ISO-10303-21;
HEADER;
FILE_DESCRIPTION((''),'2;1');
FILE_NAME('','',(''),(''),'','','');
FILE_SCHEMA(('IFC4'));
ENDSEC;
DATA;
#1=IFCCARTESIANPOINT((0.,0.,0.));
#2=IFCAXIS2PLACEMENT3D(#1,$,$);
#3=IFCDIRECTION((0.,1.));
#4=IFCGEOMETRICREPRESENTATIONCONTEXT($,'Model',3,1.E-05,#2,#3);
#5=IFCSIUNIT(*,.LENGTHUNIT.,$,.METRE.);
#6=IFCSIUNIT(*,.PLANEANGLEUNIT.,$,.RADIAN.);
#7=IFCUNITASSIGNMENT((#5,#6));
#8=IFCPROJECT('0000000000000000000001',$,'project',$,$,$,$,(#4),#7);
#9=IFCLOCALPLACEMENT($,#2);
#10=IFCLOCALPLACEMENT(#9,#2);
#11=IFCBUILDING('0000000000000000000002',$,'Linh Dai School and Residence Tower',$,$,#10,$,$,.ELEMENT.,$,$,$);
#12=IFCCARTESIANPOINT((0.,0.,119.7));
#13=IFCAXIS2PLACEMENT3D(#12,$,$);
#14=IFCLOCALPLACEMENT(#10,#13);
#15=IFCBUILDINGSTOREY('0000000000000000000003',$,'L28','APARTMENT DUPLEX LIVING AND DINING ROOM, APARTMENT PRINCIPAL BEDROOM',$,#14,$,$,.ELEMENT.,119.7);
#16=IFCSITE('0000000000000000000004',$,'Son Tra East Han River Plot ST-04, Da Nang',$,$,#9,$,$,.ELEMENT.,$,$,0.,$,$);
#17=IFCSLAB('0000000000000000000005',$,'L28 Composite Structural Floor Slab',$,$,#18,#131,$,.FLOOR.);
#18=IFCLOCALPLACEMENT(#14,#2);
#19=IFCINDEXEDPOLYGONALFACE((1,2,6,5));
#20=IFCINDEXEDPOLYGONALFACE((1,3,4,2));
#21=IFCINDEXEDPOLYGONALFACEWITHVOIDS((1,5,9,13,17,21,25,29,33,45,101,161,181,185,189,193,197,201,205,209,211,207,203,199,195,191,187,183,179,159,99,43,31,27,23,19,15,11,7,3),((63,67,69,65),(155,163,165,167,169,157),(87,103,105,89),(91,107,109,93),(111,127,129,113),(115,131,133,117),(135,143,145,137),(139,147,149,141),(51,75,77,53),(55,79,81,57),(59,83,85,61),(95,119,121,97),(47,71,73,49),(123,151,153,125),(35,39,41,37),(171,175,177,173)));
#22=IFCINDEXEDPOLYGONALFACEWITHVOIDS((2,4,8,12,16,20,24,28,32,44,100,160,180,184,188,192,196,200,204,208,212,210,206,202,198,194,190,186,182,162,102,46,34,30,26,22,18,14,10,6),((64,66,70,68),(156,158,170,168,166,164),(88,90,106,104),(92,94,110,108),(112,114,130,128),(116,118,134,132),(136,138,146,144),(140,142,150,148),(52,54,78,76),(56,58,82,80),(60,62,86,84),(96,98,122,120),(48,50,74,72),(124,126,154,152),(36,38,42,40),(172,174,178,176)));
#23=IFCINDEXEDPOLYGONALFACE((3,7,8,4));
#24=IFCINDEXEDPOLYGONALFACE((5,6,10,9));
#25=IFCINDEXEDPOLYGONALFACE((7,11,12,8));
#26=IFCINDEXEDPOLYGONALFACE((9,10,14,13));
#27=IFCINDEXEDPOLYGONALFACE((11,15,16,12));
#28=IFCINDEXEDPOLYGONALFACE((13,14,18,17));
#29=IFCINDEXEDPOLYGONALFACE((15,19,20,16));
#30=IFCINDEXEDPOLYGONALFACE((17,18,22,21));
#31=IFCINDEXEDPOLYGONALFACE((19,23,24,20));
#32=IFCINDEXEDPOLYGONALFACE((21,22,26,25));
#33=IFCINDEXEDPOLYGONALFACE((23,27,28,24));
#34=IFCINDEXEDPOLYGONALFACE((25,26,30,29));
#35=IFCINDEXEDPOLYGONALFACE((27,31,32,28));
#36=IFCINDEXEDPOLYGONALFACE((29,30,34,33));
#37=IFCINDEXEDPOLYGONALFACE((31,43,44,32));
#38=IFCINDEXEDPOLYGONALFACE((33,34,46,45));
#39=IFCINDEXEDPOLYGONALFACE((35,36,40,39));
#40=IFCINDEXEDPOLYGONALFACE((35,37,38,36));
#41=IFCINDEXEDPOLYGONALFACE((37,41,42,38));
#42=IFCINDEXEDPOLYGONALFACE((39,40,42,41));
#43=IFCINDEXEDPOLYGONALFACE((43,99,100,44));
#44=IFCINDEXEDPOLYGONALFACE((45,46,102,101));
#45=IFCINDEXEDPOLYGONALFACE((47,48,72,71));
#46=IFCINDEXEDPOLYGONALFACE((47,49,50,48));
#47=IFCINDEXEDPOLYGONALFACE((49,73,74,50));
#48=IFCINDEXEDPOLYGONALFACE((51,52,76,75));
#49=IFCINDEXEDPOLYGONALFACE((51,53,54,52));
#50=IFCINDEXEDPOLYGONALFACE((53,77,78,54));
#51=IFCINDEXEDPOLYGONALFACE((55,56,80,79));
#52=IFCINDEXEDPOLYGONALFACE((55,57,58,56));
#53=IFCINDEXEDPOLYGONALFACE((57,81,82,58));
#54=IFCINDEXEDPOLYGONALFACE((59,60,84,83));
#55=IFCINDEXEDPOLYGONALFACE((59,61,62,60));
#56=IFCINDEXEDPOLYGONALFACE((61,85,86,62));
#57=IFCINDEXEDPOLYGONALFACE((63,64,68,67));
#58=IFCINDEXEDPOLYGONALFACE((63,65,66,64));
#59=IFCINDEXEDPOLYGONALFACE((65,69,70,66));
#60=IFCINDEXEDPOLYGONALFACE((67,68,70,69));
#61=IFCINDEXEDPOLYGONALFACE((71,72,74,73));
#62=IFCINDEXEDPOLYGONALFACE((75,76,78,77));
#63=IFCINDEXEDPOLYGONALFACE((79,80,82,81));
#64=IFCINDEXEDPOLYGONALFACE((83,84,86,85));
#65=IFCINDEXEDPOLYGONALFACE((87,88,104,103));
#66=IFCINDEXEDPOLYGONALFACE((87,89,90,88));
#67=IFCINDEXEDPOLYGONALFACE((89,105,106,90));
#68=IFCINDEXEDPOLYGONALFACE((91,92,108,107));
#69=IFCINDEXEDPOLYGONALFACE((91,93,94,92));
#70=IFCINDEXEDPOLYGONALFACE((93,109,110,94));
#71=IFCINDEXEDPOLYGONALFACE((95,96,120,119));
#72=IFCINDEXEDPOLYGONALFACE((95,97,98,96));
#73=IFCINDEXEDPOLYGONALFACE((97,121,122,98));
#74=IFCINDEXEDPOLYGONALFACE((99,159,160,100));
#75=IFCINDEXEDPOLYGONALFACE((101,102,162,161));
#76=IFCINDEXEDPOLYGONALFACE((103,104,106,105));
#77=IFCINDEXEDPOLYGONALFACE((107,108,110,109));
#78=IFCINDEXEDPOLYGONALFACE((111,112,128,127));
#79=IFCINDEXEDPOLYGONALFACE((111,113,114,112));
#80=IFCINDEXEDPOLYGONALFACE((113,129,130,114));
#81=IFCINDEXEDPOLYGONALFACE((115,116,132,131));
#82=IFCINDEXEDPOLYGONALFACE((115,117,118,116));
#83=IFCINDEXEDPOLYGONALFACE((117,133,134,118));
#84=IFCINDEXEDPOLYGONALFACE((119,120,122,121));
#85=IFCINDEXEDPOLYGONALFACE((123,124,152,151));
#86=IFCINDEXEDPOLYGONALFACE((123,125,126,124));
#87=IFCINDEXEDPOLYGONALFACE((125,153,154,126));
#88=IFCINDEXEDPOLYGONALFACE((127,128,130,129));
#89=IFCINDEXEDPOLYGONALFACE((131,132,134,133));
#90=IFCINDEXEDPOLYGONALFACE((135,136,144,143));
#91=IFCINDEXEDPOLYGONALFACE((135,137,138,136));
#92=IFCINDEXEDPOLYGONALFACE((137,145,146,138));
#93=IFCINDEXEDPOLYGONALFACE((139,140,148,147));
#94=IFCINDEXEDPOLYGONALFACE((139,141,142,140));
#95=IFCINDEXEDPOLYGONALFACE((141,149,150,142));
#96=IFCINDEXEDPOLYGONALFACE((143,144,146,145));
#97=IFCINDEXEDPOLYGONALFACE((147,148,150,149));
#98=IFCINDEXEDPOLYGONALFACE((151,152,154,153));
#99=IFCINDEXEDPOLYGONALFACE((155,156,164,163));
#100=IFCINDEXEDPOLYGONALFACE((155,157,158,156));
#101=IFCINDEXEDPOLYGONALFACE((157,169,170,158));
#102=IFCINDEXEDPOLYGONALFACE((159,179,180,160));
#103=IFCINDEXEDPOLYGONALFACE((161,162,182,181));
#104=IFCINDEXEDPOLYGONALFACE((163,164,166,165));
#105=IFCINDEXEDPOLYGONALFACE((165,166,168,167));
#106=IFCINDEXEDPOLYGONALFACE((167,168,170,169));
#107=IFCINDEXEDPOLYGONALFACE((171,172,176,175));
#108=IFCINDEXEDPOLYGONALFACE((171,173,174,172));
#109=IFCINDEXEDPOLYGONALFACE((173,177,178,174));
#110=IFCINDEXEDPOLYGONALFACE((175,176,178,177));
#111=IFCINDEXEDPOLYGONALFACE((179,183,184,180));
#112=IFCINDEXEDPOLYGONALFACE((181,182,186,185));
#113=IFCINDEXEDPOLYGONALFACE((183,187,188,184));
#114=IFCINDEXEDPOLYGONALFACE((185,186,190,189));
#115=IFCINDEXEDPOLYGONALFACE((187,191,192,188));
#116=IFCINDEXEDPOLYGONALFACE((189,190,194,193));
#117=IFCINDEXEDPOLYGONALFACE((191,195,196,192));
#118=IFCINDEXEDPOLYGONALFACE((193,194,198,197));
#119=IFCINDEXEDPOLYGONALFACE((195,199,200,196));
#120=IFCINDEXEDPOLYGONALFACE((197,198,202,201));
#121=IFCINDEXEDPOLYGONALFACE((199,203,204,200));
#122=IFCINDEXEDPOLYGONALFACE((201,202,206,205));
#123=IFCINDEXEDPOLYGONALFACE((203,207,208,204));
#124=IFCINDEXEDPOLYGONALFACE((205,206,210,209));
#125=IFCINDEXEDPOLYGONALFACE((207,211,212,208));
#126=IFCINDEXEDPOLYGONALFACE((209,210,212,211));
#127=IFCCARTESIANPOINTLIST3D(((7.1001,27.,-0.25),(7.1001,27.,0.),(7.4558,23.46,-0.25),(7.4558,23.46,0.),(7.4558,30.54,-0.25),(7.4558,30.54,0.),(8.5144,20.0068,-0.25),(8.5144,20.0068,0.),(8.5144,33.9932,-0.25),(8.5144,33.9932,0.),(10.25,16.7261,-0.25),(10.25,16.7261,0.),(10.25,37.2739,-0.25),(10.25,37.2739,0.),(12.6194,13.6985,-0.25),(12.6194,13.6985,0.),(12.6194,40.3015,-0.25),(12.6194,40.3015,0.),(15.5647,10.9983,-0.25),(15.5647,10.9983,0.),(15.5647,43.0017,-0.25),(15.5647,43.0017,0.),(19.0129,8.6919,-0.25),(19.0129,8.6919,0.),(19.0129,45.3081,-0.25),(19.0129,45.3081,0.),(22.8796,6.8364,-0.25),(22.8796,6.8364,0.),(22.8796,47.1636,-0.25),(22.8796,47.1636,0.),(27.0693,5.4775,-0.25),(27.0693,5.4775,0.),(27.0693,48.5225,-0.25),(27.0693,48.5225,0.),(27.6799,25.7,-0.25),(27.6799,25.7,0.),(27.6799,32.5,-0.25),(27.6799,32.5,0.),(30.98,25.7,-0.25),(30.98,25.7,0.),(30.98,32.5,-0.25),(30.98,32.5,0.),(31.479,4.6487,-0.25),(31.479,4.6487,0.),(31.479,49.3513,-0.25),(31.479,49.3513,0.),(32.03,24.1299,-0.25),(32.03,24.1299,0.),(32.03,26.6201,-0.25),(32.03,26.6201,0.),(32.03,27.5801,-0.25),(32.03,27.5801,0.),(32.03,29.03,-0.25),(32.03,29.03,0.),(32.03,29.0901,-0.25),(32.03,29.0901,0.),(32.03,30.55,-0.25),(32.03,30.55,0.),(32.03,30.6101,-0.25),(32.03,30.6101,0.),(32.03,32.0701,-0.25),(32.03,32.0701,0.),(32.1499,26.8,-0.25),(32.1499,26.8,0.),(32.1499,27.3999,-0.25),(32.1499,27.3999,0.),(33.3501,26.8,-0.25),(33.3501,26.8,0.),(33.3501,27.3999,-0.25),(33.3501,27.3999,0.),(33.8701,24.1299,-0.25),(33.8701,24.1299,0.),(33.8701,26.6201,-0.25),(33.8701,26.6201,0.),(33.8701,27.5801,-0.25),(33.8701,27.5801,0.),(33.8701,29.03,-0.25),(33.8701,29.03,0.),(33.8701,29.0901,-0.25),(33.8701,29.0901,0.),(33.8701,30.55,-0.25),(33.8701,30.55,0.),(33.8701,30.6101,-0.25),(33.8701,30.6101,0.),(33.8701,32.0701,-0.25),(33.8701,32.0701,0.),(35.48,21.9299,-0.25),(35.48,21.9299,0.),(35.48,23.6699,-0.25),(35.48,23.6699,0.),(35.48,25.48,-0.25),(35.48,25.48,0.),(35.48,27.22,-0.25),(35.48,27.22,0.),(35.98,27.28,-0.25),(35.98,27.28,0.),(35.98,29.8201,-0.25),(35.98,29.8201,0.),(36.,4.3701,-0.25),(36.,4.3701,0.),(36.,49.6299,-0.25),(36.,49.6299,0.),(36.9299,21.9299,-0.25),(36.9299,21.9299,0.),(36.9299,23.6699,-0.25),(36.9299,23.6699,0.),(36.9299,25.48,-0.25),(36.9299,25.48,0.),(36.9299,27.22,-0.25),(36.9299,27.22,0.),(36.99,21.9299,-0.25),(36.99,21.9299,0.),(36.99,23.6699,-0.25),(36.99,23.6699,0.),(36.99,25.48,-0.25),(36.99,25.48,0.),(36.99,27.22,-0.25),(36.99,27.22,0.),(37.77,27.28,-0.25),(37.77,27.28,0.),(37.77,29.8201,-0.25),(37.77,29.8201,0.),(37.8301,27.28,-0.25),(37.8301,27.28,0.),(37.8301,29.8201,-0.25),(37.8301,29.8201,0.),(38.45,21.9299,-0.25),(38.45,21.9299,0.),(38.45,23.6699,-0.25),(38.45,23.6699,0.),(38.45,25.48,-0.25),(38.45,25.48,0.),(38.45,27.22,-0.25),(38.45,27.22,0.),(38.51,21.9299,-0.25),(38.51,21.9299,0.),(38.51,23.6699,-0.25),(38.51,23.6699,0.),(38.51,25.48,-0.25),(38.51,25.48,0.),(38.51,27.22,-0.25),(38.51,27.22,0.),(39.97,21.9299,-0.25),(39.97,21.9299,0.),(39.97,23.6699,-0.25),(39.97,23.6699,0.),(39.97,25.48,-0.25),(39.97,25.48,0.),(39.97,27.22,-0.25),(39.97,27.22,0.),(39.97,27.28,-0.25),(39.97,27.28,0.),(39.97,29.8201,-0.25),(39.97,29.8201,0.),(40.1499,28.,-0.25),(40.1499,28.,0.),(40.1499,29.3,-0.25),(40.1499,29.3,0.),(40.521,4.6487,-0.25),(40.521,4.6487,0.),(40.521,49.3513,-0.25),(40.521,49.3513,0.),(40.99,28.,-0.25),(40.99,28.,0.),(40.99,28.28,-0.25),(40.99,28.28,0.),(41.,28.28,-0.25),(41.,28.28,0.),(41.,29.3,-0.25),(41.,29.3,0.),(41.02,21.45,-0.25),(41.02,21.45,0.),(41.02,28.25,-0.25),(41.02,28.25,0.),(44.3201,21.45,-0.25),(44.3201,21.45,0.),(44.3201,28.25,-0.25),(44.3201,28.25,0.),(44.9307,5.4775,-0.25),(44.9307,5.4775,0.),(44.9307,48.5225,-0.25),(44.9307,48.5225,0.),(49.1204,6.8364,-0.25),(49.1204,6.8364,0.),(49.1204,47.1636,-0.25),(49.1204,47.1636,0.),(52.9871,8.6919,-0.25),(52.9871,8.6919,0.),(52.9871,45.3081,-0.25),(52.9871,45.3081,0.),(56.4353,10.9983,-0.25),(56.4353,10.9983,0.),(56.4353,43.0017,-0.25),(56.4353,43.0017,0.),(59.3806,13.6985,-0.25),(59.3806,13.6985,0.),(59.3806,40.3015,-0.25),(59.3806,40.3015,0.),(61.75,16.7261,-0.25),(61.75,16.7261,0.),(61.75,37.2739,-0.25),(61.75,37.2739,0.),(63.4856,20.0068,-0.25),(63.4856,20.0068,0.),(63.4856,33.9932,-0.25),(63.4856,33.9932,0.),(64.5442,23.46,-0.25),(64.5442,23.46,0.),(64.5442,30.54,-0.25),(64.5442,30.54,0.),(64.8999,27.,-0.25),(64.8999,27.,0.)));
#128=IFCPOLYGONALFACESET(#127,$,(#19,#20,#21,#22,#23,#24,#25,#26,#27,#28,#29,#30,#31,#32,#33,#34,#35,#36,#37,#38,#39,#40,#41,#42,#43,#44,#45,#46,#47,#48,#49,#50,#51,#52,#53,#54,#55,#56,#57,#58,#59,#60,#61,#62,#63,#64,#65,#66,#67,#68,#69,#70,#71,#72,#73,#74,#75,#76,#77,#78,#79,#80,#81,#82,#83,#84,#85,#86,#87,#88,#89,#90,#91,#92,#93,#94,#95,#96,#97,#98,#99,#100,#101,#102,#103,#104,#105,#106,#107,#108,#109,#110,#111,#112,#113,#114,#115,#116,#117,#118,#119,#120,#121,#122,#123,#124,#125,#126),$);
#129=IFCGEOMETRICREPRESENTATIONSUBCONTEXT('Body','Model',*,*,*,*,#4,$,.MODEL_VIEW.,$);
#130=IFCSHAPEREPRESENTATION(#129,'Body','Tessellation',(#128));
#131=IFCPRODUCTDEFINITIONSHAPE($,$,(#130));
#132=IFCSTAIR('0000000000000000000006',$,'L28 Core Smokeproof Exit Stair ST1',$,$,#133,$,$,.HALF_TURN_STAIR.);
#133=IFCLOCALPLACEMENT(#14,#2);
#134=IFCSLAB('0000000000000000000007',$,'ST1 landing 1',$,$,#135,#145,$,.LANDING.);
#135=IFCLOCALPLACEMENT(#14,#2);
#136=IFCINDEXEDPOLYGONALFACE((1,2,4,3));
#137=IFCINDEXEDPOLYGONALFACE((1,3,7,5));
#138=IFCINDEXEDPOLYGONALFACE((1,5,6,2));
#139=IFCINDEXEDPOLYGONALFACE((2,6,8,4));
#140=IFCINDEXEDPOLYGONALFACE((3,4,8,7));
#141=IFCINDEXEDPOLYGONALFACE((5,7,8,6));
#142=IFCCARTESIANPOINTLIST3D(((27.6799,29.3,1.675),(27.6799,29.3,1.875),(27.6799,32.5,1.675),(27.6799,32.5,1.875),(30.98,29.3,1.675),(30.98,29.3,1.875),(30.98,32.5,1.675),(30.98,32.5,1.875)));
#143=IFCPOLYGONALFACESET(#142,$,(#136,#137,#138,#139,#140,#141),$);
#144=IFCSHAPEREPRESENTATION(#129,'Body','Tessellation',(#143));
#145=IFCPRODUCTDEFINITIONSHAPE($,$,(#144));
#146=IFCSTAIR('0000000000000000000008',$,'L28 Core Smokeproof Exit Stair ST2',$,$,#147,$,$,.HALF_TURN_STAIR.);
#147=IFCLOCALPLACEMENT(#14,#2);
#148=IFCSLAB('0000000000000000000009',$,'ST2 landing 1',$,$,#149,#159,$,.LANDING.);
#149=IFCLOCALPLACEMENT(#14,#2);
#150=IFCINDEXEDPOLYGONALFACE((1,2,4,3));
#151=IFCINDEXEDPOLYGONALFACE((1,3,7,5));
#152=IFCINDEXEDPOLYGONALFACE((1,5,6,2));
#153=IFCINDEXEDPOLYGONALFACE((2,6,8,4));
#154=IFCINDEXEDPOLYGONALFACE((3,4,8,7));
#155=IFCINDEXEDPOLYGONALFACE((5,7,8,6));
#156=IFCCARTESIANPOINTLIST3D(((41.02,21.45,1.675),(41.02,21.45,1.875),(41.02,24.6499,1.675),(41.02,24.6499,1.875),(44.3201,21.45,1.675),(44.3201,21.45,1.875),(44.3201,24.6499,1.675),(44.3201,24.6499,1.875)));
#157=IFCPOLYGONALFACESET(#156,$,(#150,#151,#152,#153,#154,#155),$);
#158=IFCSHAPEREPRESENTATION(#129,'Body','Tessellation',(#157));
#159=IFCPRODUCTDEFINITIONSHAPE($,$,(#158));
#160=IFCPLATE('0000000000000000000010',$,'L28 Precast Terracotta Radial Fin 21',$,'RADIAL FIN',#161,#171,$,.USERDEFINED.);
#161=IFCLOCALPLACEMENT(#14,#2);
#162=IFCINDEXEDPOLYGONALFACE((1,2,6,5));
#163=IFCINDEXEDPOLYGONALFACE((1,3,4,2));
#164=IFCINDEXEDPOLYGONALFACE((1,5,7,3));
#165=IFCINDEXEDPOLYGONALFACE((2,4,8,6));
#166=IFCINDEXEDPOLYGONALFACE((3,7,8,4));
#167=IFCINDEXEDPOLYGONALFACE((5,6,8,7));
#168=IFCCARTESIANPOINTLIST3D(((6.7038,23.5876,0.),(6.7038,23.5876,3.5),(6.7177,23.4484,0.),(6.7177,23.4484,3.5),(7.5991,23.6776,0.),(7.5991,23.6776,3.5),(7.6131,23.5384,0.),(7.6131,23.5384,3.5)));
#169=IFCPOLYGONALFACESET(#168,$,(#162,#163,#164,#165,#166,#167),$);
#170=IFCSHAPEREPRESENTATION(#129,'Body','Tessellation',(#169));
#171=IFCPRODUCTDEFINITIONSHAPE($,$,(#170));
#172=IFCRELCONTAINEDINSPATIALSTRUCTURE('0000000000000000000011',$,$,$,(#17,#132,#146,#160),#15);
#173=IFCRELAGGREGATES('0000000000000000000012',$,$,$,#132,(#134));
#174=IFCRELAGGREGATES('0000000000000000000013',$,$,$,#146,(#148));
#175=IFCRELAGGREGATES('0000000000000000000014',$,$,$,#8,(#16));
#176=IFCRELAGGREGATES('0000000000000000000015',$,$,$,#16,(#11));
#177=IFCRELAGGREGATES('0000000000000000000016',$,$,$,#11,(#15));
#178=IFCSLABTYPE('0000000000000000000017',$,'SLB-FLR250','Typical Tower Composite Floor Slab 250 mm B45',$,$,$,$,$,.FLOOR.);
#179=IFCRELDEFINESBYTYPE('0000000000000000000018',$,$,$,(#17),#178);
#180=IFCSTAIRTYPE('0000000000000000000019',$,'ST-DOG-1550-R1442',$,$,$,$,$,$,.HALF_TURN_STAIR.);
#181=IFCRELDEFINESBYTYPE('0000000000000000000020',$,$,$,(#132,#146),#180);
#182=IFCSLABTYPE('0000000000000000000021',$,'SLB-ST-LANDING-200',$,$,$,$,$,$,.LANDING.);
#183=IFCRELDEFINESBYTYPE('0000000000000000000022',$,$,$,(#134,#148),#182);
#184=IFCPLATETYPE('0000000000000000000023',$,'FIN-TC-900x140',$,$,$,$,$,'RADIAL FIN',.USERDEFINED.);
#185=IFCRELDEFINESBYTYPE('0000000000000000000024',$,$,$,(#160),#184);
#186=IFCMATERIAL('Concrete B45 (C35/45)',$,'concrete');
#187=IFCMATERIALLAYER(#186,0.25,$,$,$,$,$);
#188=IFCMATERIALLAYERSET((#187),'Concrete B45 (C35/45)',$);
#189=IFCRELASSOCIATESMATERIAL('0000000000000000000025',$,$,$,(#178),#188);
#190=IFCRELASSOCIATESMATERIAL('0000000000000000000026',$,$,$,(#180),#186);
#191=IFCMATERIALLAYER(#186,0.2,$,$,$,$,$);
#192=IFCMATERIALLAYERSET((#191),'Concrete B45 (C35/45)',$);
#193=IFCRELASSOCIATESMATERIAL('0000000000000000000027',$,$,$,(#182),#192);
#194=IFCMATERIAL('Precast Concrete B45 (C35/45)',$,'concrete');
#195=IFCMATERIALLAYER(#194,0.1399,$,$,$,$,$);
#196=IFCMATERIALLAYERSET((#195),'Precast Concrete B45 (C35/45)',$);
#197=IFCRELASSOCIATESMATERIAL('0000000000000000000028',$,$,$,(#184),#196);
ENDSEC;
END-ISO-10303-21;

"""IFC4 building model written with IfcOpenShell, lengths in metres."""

from ifc_helpers import new_model, si_unit, direction, frame, origin, origin_2d, place, context, subcontext, project, spatial, polyline, rectangle, outline, extrude, source, transform, mapped, material, layer, layer_set, type_object, element, aggregate, save


model = new_model("IFC4")

# Units and contexts
model_context = context("Model", 3, precision=1e-05, world=origin(), true_north=direction((0.0, 1.0)))
body_context = subcontext(model_context, "Body", "Model", "MODEL_VIEW")
ifc_project = project(units=[si_unit("LENGTHUNIT", "METRE"), si_unit("PLANEANGLEUNIT", "RADIAN")], contexts=[model_context])

# Site, building, storey
site_placement = place(None, origin())
site = spatial("IfcSite", under=ifc_project, at=site_placement, Name="Son Tra East Han River Plot ST-04, Da Nang", CompositionType="ELEMENT", RefElevation=0.0)
building_placement = place(site_placement, origin())
building = spatial("IfcBuilding", under=site, at=building_placement, Name="Linh Dai School and Residence Tower", CompositionType="ELEMENT")
storey_placement = place(building_placement, frame((0.0, 0.0, 119.7)))
storey = spatial("IfcBuildingStorey", under=building, at=storey_placement, Name="L28", Description="APARTMENT DUPLEX LIVING AND DINING ROOM, APARTMENT PRINCIPAL BEDROOM", CompositionType="ELEMENT", Elevation=119.7)

# Slab
ifc_material_1 = material(Name="Concrete B45 (C35/45)", Category="concrete")
ifc_layer_1 = layer(ifc_material_1, 0.25)
ifc_layer_set_1 = layer_set([ifc_layer_1], Name="Concrete B45 (C35/45)")
slab_type_1 = type_object("IfcSlabType", Name="SLB-FLR250", Description="Typical Tower Composite Floor Slab 250 mm B45", PredefinedType="FLOOR", material=ifc_layer_set_1)
slab_1_placement = place(storey_placement, frame((0.0, 0.0, -0.25)))
element("IfcSlab", 1, at=slab_1_placement, inside=storey, type_object=slab_type_1, Name="L28 Composite Structural Floor Slab", PredefinedType="FLOOR", context=body_context, shape_type="SweptSolid", body=[
    extrude(outline(polyline([(64.8999, 27.0), (64.5442, 30.54), (63.4856, 33.9932), (61.75, 37.2739), (59.3806, 40.3015), (56.4353, 43.0017), (52.9871, 45.3081), (49.1204, 47.1636), (44.9307, 48.5225), (40.521, 49.3513), (36.0, 49.6299), (31.479, 49.3513), (27.0693, 48.5225), (22.8796, 47.1636), (19.0129, 45.3081), (15.5647, 43.0017), (12.6194, 40.3015), (10.25, 37.2739), (8.5144, 33.9932), (7.4558, 30.54), (7.1001, 27.0), (7.4558, 23.46), (8.5144, 20.0068), (10.25, 16.7261), (12.6194, 13.6985), (15.5647, 10.9983), (19.0129, 8.6919), (22.8796, 6.8364), (27.0693, 5.4775), (31.479, 4.6487), (36.0, 4.3701), (40.521, 4.6487), (44.9307, 5.4775), (49.1204, 6.8364), (52.9871, 8.6919), (56.4353, 10.9983), (59.3806, 13.6985), (61.75, 16.7261), (63.4856, 20.0068), (64.5442, 23.46), (64.8999, 27.0)]), holes=[polyline([(30.98, 25.7), (30.98, 32.5), (27.6799, 32.5), (27.6799, 25.7), (30.98, 25.7)]), polyline([(41.02, 28.25), (41.02, 21.45), (44.3201, 21.45), (44.3201, 28.25), (41.02, 28.25)]), polyline([(35.98, 27.28), (37.77, 27.28), (37.77, 29.8201), (35.98, 29.8201), (35.98, 27.28)]), polyline([(32.03, 24.1299), (33.8701, 24.1299), (33.8701, 26.6201), (32.03, 26.6201), (32.03, 24.1299)]), polyline([(37.8301, 27.28), (39.97, 27.28), (39.97, 29.8201), (37.8301, 29.8201), (37.8301, 27.28)]), polyline([(35.48, 21.9299), (36.9299, 21.9299), (36.9299, 23.6699), (35.48, 23.6699), (35.48, 21.9299)]), polyline([(36.99, 21.9299), (38.45, 21.9299), (38.45, 23.6699), (36.99, 23.6699), (36.99, 21.9299)]), polyline([(38.51, 21.9299), (39.97, 21.9299), (39.97, 23.6699), (38.51, 23.6699), (38.51, 21.9299)]), polyline([(32.03, 27.5801), (33.8701, 27.5801), (33.8701, 29.03), (32.03, 29.03), (32.03, 27.5801)]), polyline([(32.03, 29.0901), (33.8701, 29.0901), (33.8701, 30.55), (32.03, 30.55), (32.03, 29.0901)]), polyline([(32.03, 30.6101), (33.8701, 30.6101), (33.8701, 32.0701), (32.03, 32.0701), (32.03, 30.6101)]), polyline([(35.48, 25.48), (36.9299, 25.48), (36.9299, 27.22), (35.48, 27.22), (35.48, 25.48)]), polyline([(36.99, 25.48), (38.45, 25.48), (38.45, 27.22), (36.99, 27.22), (36.99, 25.48)]), polyline([(38.51, 25.48), (39.97, 25.48), (39.97, 27.22), (38.51, 27.22), (38.51, 25.48)]), polyline([(40.1499, 28.0), (40.1499, 29.3), (41.0, 29.3), (41.0, 28.28), (40.99, 28.28), (40.99, 28.0), (40.1499, 28.0)]), polyline([(32.1499, 26.8), (33.3501, 26.8), (33.3501, 27.3999), (32.1499, 27.3999), (32.1499, 26.8)])]), origin(), (0.0, 0.0, 1.0), 0.25),
])

# Stairs, slabs
stair_type = type_object("IfcStairType", Name="ST-DOG-1550-R1442", PredefinedType="HALF_TURN_STAIR", material=ifc_material_1)
stair_1_placement = place(storey_placement, origin())
stair_1 = element("IfcStair", 2, at=stair_1_placement, inside=storey, type_object=stair_type, Name="L28 Core Smokeproof Exit Stair ST1", PredefinedType="HALF_TURN_STAIR")
ifc_layer_2 = layer(ifc_material_1, 0.2)
ifc_layer_set_2 = layer_set([ifc_layer_2], Name="Concrete B45 (C35/45)")
slab_type_2 = type_object("IfcSlabType", Name="SLB-ST-LANDING-200", PredefinedType="LANDING", material=ifc_layer_set_2)
slab_2_placement = place(storey_placement, frame((0.0, 0.0, 1.675)))
slab_2 = element("IfcSlab", 3, at=slab_2_placement, type_object=slab_type_2, Name="ST1 landing 1", PredefinedType="LANDING", context=body_context, shape_type="SweptSolid", body=[
    extrude(outline(polyline([(30.98, 29.3), (30.98, 32.5), (27.6799, 32.5), (27.6799, 29.3), (30.98, 29.3)])), origin(), (0.0, 0.0, 1.0), 0.2),
])
aggregate(stair_1, [slab_2])
stair_2_placement = place(storey_placement, origin())
stair_2 = element("IfcStair", 4, at=stair_2_placement, inside=storey, type_object=stair_type, Name="L28 Core Smokeproof Exit Stair ST2", PredefinedType="HALF_TURN_STAIR")
slab_3_placement = place(storey_placement, frame((0.0, 0.0, 1.675)))
slab_3 = element("IfcSlab", 5, at=slab_3_placement, type_object=slab_type_2, Name="ST2 landing 1", PredefinedType="LANDING", context=body_context, shape_type="SweptSolid", body=[
    extrude(outline(polyline([(41.02, 24.6499), (41.02, 21.45), (44.3201, 21.45), (44.3201, 24.6499), (41.02, 24.6499)])), origin(), (0.0, 0.0, 1.0), 0.2),
])
aggregate(stair_2, [slab_3])

# Plate
ifc_material_2 = material(Name="Precast Concrete B45 (C35/45)", Category="concrete")
ifc_layer_3 = layer(ifc_material_2, 0.1399)
ifc_layer_set_3 = layer_set([ifc_layer_3], Name="Precast Concrete B45 (C35/45)")
plate_type = type_object("IfcPlateType", Name="FIN-TC-900x140", ElementType="RADIAL FIN", PredefinedType="USERDEFINED", material=ifc_layer_set_3)
shared_shape_1 = source(origin(), body_context, "Body", "SweptSolid", [
    extrude(rectangle(XDim=0.8999, YDim=0.1399, at=origin_2d()), origin(), (0.0, 0.0, 1.0), 3.5),
])
plate_placement = place(storey_placement, frame((7.1584, 23.563, 0.0), z_axis=(0.0, 0.0, 1.0), x_axis=(-0.994987, -0.100007, 0.0)))
element("IfcPlate", 6, at=plate_placement, inside=storey, type_object=plate_type, Name="L28 Precast Terracotta Radial Fin 21", ObjectType="RADIAL FIN", PredefinedType="USERDEFINED", context=body_context, shape_type="MappedRepresentation", body=[
    mapped(shared_shape_1, transform((0.0, 0.0, 0.0), x_axis=(1.0, 0.0, 0.0), y_axis=(0.0, 1.0, 0.0), z_axis=(0.0, 0.0, 1.0), scale=1.0)),
])

save(model, "model.ifc")
